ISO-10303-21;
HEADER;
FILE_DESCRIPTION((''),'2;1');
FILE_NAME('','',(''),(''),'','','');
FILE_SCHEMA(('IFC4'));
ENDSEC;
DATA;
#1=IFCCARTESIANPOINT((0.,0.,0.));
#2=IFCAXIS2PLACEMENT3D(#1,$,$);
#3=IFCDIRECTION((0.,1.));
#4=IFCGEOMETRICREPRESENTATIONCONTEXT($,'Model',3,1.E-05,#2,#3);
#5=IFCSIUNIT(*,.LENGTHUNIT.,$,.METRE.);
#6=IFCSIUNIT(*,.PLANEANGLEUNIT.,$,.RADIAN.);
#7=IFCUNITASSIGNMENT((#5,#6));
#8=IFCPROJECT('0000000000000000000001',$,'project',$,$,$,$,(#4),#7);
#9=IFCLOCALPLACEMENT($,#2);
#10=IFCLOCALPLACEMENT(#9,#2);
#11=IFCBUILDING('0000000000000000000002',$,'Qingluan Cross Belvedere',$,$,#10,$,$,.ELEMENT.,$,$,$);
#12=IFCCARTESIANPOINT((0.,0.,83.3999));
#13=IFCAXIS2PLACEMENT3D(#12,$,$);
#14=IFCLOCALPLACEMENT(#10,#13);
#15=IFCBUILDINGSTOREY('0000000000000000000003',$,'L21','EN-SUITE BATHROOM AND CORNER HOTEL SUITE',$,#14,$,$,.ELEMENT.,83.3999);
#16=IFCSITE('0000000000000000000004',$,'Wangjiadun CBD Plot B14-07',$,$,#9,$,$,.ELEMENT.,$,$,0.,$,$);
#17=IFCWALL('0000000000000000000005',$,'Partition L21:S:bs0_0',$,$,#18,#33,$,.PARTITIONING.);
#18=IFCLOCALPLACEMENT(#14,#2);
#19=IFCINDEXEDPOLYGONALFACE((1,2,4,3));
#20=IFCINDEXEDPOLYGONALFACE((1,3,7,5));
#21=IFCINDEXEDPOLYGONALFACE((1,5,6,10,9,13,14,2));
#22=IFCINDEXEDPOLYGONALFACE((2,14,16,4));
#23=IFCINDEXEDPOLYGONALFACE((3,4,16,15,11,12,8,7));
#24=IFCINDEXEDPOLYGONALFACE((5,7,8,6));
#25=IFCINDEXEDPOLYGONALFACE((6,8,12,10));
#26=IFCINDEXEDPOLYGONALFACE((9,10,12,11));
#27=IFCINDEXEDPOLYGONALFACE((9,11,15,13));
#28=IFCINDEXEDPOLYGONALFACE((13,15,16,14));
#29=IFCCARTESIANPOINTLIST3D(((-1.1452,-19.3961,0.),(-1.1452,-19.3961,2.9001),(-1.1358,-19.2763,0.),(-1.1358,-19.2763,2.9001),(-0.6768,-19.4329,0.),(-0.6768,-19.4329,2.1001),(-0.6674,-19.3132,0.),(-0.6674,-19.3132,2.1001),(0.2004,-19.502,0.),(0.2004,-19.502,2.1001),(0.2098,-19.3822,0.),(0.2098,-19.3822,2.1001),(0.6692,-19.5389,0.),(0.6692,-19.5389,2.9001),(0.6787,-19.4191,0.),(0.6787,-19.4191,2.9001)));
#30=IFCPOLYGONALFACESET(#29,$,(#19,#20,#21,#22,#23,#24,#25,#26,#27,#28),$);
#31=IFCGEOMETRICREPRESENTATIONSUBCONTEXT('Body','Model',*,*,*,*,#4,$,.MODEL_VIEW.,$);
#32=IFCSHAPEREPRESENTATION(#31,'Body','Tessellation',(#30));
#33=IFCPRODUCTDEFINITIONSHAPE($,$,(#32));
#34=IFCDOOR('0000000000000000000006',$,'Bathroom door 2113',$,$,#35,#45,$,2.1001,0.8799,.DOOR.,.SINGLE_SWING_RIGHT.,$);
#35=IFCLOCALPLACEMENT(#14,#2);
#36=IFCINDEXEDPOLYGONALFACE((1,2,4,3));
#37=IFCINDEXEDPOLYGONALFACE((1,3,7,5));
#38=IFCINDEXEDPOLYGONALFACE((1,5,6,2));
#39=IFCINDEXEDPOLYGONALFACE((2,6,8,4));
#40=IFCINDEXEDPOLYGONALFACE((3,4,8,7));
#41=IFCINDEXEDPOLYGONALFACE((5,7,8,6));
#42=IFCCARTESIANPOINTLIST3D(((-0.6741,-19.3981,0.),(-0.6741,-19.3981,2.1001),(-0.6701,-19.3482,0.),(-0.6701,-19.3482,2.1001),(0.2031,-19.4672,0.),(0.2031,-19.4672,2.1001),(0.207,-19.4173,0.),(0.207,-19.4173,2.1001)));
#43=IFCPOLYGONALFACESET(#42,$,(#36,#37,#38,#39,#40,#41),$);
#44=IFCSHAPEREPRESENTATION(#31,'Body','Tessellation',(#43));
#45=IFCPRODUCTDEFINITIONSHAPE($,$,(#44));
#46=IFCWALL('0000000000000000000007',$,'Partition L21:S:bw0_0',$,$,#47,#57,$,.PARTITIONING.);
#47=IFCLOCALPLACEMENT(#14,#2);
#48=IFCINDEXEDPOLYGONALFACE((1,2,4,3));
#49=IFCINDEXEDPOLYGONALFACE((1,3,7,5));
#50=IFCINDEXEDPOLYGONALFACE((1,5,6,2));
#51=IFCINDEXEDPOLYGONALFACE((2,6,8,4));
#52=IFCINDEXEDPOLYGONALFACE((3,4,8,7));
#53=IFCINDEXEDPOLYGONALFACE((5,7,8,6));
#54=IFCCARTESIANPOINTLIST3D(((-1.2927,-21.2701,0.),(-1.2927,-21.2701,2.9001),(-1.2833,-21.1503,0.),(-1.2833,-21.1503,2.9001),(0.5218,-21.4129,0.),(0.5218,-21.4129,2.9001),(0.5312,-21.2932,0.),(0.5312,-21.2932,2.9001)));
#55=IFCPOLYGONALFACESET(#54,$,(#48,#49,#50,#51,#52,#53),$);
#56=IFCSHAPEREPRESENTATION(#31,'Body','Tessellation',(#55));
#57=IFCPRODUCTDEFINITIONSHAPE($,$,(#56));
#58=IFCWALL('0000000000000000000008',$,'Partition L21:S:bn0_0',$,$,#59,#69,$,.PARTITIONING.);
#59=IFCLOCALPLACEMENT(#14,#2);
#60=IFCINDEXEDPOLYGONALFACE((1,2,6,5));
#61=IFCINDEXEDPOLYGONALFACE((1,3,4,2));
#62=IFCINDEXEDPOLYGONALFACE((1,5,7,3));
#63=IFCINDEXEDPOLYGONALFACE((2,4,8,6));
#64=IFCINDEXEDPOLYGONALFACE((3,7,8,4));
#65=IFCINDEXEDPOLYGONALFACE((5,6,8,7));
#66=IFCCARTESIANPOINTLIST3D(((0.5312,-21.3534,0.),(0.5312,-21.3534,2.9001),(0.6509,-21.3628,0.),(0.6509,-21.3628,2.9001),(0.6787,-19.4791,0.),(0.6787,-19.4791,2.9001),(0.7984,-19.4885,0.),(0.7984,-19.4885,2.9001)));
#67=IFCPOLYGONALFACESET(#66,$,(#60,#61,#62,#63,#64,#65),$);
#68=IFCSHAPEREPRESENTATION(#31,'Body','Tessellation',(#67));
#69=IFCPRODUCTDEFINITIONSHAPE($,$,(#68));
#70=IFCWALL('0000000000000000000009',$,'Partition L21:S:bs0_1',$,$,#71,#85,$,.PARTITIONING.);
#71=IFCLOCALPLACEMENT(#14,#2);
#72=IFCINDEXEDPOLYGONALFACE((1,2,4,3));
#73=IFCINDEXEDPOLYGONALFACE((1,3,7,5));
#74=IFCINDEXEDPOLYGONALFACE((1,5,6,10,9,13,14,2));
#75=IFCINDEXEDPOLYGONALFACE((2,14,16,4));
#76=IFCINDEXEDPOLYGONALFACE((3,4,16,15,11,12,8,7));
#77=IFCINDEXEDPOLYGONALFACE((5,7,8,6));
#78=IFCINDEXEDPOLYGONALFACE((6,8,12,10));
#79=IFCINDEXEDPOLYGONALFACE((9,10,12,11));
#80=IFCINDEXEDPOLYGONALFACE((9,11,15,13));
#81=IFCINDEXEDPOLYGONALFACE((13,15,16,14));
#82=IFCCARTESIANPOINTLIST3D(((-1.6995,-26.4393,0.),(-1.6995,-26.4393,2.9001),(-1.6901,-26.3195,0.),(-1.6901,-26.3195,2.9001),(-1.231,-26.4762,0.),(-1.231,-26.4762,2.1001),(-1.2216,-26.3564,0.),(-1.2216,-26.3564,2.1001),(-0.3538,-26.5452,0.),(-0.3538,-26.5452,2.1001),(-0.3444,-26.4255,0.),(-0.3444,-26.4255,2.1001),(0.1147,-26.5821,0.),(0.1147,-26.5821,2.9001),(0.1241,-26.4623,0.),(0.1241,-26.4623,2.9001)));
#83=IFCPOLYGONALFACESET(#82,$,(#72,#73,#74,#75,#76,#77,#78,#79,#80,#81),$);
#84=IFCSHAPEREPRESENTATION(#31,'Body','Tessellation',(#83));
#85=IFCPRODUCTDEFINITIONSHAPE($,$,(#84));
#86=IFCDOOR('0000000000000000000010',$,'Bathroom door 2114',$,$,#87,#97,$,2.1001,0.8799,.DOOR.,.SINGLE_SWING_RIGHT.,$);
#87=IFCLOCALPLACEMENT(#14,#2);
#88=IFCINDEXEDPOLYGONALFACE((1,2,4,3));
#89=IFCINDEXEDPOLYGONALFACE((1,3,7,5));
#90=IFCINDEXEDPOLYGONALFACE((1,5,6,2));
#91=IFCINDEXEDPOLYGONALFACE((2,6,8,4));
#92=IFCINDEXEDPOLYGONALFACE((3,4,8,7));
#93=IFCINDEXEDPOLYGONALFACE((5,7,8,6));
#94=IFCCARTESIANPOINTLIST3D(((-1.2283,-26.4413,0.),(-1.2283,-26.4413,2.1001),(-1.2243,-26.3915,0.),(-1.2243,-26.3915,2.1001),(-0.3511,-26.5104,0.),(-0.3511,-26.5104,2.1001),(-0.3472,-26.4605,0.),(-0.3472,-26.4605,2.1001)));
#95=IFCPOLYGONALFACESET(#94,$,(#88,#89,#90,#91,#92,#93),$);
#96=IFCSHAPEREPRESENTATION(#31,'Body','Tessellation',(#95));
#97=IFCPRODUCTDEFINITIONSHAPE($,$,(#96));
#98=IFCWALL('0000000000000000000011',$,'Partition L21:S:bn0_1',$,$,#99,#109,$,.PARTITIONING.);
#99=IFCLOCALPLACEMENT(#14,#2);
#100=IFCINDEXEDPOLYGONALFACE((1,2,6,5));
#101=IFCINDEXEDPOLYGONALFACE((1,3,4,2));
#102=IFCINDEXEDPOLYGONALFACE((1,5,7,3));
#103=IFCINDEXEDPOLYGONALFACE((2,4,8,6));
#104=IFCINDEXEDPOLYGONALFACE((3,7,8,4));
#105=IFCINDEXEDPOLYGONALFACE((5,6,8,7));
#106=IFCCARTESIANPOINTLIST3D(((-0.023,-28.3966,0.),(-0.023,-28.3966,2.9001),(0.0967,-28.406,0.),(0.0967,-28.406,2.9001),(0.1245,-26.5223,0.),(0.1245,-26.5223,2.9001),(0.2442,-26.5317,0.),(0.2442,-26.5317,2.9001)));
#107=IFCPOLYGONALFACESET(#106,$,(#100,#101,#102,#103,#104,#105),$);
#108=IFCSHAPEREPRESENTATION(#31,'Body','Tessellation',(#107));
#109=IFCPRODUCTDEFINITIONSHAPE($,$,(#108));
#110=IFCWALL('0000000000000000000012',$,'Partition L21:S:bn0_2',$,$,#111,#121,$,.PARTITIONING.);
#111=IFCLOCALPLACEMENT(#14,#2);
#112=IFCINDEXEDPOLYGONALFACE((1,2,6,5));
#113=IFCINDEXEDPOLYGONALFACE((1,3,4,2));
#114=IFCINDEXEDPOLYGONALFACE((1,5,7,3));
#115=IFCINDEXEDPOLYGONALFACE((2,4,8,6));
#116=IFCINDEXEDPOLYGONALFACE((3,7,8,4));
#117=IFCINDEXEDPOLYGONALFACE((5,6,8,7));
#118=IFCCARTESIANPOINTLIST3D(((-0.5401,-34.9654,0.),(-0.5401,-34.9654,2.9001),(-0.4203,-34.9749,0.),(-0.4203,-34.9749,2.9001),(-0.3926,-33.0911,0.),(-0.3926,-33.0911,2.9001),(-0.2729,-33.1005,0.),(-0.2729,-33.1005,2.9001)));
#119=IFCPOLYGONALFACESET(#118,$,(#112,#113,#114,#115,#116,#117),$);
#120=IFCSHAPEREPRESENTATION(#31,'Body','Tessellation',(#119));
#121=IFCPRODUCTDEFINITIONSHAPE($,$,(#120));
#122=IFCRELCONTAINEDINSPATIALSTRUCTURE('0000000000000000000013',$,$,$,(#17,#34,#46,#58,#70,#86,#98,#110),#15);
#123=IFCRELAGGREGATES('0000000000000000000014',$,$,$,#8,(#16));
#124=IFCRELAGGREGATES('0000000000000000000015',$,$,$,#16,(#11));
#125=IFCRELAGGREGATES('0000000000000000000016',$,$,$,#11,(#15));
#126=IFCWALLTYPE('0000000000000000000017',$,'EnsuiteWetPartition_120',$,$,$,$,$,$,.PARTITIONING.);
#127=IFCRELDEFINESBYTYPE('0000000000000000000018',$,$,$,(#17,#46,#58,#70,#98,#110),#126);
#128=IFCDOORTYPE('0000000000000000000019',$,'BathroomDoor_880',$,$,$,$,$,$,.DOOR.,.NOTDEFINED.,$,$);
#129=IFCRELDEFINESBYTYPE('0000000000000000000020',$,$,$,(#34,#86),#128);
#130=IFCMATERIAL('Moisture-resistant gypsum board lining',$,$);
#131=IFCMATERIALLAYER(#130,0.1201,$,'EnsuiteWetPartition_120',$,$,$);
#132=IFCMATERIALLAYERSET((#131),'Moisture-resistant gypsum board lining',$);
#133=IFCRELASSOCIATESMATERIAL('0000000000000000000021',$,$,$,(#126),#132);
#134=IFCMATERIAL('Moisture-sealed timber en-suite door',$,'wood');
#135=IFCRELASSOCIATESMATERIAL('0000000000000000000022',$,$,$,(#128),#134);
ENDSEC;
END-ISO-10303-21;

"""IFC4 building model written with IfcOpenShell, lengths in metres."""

from ifc_helpers import new_model, si_unit, direction, frame, frame_2d, origin, place, context, subcontext, project, spatial, rectangle, extrude, material, layer, layer_set, type_object, element, fill, save


model = new_model("IFC4")

# Units and contexts
model_context = context("Model", 3, precision=1e-05, world=origin(), true_north=direction((0.0, 1.0)))
body_context = subcontext(model_context, "Body", "Model", "MODEL_VIEW")
ifc_project = project(units=[si_unit("LENGTHUNIT", "METRE"), si_unit("PLANEANGLEUNIT", "RADIAN")], contexts=[model_context])

# Site, building, storey
site_placement = place(None, origin())
site = spatial("IfcSite", under=ifc_project, at=site_placement, Name="Wangjiadun CBD Plot B14-07", CompositionType="ELEMENT", RefElevation=0.0)
building_placement = place(site_placement, origin())
building = spatial("IfcBuilding", under=site, at=building_placement, Name="Qingluan Cross Belvedere", CompositionType="ELEMENT")
storey_placement = place(building_placement, frame((0.0, 0.0, 83.3999)))
storey = spatial("IfcBuildingStorey", under=building, at=storey_placement, Name="L21", Description="EN-SUITE BATHROOM AND CORNER HOTEL SUITE", CompositionType="ELEMENT", Elevation=83.3999)

# Wall, opening, door
ifc_material_1 = material(Name="Moisture-resistant gypsum board lining")
ifc_layer_1 = layer(ifc_material_1, 0.1201, Name="EnsuiteWetPartition_120")
ifc_layer_set_1 = layer_set([ifc_layer_1], Name="Moisture-resistant gypsum board lining")
wall_type_1 = type_object("IfcWallType", Name="EnsuiteWetPartition_120", PredefinedType="PARTITIONING", material=ifc_layer_set_1)
wall_1_placement = place(storey_placement, frame((-1.1406, -19.3362, 0.0), z_axis=(0.0, 0.0, 1.0), x_axis=(0.996916, -0.078471, 0.0)))
wall_1 = element("IfcWall", 1, at=wall_1_placement, inside=storey, type_object=wall_type_1, Name="Partition L21:S:bs0_0", PredefinedType="PARTITIONING", context=body_context, shape_type="SweptSolid", body=[
    extrude(rectangle(XDim=1.8201, YDim=0.1201, at=frame_2d((0.9102, 0.0))), origin(), (0.0, 0.0, 1.0), 2.9001),
])
opening_1_placement = place(wall_1_placement, frame((0.47, 0.0, 0.0)))
opening_1 = element("IfcOpeningElement", 2, at=opening_1_placement, cuts=wall_1, PredefinedType="OPENING", context=body_context, shape_type="SweptSolid", body=[
    extrude(rectangle(XDim=0.8799, YDim=2.1001, at=frame_2d((0.4399, 1.05))), frame((0.0, 0.0701, 0.0), z_axis=(0.0, -1.0, 0.0), x_axis=(1.0, 0.0, 0.0)), (0.0, 0.0, 1.0), 0.1401),
])
ifc_material_2 = material(Name="Moisture-sealed timber en-suite door", Category="wood")
door_type_1 = type_object("IfcDoorType", Name="BathroomDoor_880", OperationType="NOTDEFINED", PredefinedType="DOOR", material=ifc_material_2)
door_1_placement = place(opening_1_placement, origin())
door_1 = element("IfcDoor", 3, at=door_1_placement, inside=storey, type_object=door_type_1, Name="Bathroom door 2113", OperationType="SINGLE_SWING_RIGHT", OverallHeight=2.1001, OverallWidth=0.8799, PredefinedType="DOOR", context=body_context, shape_type="SweptSolid", body=[
    extrude(rectangle(XDim=0.8799, YDim=2.1001, at=frame_2d((0.4399, 1.05))), frame((0.0, 0.0249, 0.0), z_axis=(0.0, -1.0, 0.0), x_axis=(1.0, 0.0, 0.0)), (0.0, 0.0, 1.0), 0.05),
])
fill(opening_1, door_1)

# Walls
wall_2_placement = place(storey_placement, frame((-1.2881, -21.2102, 0.0), z_axis=(0.0, 0.0, 1.0), x_axis=(0.996916, -0.078471, 0.0)))
element("IfcWall", 4, at=wall_2_placement, inside=storey, type_object=wall_type_1, Name="Partition L21:S:bw0_0", PredefinedType="PARTITIONING", context=body_context, shape_type="SweptSolid", body=[
    extrude(rectangle(XDim=1.8201, YDim=0.1201, at=frame_2d((0.9102, 0.0))), origin(), (0.0, 0.0, 1.0), 2.9001),
])
wall_3_placement = place(storey_placement, frame((0.7385, -19.4839, 0.0), z_axis=(0.0, 0.0, 1.0), x_axis=(-0.078434, -0.996919, 0.0)))
element("IfcWall", 5, at=wall_3_placement, inside=storey, type_object=wall_type_1, Name="Partition L21:S:bn0_0", PredefinedType="PARTITIONING", context=body_context, shape_type="SweptSolid", body=[
    extrude(rectangle(XDim=1.8801, YDim=0.1201, at=frame_2d((0.9399, 0.0))), origin(), (0.0, 0.0, 1.0), 2.9001),
])

# Wall, opening, door
wall_4_placement = place(storey_placement, frame((-1.6948, -26.3794, 0.0), z_axis=(0.0, 0.0, 1.0), x_axis=(0.996916, -0.078481, 0.0)))
wall_4 = element("IfcWall", 6, at=wall_4_placement, inside=storey, type_object=wall_type_1, Name="Partition L21:S:bs0_1", PredefinedType="PARTITIONING", context=body_context, shape_type="SweptSolid", body=[
    extrude(rectangle(XDim=1.8198, YDim=0.1201, at=frame_2d((0.9099, 0.0))), origin(), (0.0, 0.0, 1.0), 2.9001),
])
opening_2_placement = place(wall_4_placement, frame((0.47, 0.0, 0.0)))
opening_2 = element("IfcOpeningElement", 7, at=opening_2_placement, cuts=wall_4, PredefinedType="OPENING", context=body_context, shape_type="SweptSolid", body=[
    extrude(rectangle(XDim=0.8799, YDim=2.1001, at=frame_2d((0.4399, 1.05))), frame((0.0, 0.0701, 0.0), z_axis=(0.0, -1.0, 0.0), x_axis=(1.0, 0.0, 0.0)), (0.0, 0.0, 1.0), 0.1401),
])
door_2_placement = place(opening_2_placement, origin())
door_2 = element("IfcDoor", 8, at=door_2_placement, inside=storey, type_object=door_type_1, Name="Bathroom door 2114", OperationType="SINGLE_SWING_RIGHT", OverallHeight=2.1001, OverallWidth=0.8799, PredefinedType="DOOR", context=body_context, shape_type="SweptSolid", body=[
    extrude(rectangle(XDim=0.8799, YDim=2.1001, at=frame_2d((0.4399, 1.05))), frame((0.0, 0.0249, 0.0), z_axis=(0.0, -1.0, 0.0), x_axis=(1.0, 0.0, 0.0)), (0.0, 0.0, 1.0), 0.05),
])
fill(opening_2, door_2)

# Walls
for number, where, z_axis, x_axis, name in (
    (9, (0.1843, -26.5271, 0.0), (0.0, 0.0, 1.0), (-0.078434, -0.996919, 0.0), "Partition L21:S:bn0_1"),
    (10, (-0.3328, -33.0959, 0.0), (0.0, 0.0, 1.0), (-0.078434, -0.996919, 0.0), "Partition L21:S:bn0_2"),
):
    element("IfcWall", number, at=place(storey_placement, frame(where, z_axis=z_axis, x_axis=x_axis)), inside=storey, type_object=wall_type_1, Name=name, PredefinedType="PARTITIONING", context=body_context, shape_type="SweptSolid", body=[
        extrude(rectangle(XDim=1.8801, YDim=0.1201, at=frame_2d((0.9399, 0.0))), origin(), (0.0, 0.0, 1.0), 2.9001),
    ])

save(model, "model.ifc")
